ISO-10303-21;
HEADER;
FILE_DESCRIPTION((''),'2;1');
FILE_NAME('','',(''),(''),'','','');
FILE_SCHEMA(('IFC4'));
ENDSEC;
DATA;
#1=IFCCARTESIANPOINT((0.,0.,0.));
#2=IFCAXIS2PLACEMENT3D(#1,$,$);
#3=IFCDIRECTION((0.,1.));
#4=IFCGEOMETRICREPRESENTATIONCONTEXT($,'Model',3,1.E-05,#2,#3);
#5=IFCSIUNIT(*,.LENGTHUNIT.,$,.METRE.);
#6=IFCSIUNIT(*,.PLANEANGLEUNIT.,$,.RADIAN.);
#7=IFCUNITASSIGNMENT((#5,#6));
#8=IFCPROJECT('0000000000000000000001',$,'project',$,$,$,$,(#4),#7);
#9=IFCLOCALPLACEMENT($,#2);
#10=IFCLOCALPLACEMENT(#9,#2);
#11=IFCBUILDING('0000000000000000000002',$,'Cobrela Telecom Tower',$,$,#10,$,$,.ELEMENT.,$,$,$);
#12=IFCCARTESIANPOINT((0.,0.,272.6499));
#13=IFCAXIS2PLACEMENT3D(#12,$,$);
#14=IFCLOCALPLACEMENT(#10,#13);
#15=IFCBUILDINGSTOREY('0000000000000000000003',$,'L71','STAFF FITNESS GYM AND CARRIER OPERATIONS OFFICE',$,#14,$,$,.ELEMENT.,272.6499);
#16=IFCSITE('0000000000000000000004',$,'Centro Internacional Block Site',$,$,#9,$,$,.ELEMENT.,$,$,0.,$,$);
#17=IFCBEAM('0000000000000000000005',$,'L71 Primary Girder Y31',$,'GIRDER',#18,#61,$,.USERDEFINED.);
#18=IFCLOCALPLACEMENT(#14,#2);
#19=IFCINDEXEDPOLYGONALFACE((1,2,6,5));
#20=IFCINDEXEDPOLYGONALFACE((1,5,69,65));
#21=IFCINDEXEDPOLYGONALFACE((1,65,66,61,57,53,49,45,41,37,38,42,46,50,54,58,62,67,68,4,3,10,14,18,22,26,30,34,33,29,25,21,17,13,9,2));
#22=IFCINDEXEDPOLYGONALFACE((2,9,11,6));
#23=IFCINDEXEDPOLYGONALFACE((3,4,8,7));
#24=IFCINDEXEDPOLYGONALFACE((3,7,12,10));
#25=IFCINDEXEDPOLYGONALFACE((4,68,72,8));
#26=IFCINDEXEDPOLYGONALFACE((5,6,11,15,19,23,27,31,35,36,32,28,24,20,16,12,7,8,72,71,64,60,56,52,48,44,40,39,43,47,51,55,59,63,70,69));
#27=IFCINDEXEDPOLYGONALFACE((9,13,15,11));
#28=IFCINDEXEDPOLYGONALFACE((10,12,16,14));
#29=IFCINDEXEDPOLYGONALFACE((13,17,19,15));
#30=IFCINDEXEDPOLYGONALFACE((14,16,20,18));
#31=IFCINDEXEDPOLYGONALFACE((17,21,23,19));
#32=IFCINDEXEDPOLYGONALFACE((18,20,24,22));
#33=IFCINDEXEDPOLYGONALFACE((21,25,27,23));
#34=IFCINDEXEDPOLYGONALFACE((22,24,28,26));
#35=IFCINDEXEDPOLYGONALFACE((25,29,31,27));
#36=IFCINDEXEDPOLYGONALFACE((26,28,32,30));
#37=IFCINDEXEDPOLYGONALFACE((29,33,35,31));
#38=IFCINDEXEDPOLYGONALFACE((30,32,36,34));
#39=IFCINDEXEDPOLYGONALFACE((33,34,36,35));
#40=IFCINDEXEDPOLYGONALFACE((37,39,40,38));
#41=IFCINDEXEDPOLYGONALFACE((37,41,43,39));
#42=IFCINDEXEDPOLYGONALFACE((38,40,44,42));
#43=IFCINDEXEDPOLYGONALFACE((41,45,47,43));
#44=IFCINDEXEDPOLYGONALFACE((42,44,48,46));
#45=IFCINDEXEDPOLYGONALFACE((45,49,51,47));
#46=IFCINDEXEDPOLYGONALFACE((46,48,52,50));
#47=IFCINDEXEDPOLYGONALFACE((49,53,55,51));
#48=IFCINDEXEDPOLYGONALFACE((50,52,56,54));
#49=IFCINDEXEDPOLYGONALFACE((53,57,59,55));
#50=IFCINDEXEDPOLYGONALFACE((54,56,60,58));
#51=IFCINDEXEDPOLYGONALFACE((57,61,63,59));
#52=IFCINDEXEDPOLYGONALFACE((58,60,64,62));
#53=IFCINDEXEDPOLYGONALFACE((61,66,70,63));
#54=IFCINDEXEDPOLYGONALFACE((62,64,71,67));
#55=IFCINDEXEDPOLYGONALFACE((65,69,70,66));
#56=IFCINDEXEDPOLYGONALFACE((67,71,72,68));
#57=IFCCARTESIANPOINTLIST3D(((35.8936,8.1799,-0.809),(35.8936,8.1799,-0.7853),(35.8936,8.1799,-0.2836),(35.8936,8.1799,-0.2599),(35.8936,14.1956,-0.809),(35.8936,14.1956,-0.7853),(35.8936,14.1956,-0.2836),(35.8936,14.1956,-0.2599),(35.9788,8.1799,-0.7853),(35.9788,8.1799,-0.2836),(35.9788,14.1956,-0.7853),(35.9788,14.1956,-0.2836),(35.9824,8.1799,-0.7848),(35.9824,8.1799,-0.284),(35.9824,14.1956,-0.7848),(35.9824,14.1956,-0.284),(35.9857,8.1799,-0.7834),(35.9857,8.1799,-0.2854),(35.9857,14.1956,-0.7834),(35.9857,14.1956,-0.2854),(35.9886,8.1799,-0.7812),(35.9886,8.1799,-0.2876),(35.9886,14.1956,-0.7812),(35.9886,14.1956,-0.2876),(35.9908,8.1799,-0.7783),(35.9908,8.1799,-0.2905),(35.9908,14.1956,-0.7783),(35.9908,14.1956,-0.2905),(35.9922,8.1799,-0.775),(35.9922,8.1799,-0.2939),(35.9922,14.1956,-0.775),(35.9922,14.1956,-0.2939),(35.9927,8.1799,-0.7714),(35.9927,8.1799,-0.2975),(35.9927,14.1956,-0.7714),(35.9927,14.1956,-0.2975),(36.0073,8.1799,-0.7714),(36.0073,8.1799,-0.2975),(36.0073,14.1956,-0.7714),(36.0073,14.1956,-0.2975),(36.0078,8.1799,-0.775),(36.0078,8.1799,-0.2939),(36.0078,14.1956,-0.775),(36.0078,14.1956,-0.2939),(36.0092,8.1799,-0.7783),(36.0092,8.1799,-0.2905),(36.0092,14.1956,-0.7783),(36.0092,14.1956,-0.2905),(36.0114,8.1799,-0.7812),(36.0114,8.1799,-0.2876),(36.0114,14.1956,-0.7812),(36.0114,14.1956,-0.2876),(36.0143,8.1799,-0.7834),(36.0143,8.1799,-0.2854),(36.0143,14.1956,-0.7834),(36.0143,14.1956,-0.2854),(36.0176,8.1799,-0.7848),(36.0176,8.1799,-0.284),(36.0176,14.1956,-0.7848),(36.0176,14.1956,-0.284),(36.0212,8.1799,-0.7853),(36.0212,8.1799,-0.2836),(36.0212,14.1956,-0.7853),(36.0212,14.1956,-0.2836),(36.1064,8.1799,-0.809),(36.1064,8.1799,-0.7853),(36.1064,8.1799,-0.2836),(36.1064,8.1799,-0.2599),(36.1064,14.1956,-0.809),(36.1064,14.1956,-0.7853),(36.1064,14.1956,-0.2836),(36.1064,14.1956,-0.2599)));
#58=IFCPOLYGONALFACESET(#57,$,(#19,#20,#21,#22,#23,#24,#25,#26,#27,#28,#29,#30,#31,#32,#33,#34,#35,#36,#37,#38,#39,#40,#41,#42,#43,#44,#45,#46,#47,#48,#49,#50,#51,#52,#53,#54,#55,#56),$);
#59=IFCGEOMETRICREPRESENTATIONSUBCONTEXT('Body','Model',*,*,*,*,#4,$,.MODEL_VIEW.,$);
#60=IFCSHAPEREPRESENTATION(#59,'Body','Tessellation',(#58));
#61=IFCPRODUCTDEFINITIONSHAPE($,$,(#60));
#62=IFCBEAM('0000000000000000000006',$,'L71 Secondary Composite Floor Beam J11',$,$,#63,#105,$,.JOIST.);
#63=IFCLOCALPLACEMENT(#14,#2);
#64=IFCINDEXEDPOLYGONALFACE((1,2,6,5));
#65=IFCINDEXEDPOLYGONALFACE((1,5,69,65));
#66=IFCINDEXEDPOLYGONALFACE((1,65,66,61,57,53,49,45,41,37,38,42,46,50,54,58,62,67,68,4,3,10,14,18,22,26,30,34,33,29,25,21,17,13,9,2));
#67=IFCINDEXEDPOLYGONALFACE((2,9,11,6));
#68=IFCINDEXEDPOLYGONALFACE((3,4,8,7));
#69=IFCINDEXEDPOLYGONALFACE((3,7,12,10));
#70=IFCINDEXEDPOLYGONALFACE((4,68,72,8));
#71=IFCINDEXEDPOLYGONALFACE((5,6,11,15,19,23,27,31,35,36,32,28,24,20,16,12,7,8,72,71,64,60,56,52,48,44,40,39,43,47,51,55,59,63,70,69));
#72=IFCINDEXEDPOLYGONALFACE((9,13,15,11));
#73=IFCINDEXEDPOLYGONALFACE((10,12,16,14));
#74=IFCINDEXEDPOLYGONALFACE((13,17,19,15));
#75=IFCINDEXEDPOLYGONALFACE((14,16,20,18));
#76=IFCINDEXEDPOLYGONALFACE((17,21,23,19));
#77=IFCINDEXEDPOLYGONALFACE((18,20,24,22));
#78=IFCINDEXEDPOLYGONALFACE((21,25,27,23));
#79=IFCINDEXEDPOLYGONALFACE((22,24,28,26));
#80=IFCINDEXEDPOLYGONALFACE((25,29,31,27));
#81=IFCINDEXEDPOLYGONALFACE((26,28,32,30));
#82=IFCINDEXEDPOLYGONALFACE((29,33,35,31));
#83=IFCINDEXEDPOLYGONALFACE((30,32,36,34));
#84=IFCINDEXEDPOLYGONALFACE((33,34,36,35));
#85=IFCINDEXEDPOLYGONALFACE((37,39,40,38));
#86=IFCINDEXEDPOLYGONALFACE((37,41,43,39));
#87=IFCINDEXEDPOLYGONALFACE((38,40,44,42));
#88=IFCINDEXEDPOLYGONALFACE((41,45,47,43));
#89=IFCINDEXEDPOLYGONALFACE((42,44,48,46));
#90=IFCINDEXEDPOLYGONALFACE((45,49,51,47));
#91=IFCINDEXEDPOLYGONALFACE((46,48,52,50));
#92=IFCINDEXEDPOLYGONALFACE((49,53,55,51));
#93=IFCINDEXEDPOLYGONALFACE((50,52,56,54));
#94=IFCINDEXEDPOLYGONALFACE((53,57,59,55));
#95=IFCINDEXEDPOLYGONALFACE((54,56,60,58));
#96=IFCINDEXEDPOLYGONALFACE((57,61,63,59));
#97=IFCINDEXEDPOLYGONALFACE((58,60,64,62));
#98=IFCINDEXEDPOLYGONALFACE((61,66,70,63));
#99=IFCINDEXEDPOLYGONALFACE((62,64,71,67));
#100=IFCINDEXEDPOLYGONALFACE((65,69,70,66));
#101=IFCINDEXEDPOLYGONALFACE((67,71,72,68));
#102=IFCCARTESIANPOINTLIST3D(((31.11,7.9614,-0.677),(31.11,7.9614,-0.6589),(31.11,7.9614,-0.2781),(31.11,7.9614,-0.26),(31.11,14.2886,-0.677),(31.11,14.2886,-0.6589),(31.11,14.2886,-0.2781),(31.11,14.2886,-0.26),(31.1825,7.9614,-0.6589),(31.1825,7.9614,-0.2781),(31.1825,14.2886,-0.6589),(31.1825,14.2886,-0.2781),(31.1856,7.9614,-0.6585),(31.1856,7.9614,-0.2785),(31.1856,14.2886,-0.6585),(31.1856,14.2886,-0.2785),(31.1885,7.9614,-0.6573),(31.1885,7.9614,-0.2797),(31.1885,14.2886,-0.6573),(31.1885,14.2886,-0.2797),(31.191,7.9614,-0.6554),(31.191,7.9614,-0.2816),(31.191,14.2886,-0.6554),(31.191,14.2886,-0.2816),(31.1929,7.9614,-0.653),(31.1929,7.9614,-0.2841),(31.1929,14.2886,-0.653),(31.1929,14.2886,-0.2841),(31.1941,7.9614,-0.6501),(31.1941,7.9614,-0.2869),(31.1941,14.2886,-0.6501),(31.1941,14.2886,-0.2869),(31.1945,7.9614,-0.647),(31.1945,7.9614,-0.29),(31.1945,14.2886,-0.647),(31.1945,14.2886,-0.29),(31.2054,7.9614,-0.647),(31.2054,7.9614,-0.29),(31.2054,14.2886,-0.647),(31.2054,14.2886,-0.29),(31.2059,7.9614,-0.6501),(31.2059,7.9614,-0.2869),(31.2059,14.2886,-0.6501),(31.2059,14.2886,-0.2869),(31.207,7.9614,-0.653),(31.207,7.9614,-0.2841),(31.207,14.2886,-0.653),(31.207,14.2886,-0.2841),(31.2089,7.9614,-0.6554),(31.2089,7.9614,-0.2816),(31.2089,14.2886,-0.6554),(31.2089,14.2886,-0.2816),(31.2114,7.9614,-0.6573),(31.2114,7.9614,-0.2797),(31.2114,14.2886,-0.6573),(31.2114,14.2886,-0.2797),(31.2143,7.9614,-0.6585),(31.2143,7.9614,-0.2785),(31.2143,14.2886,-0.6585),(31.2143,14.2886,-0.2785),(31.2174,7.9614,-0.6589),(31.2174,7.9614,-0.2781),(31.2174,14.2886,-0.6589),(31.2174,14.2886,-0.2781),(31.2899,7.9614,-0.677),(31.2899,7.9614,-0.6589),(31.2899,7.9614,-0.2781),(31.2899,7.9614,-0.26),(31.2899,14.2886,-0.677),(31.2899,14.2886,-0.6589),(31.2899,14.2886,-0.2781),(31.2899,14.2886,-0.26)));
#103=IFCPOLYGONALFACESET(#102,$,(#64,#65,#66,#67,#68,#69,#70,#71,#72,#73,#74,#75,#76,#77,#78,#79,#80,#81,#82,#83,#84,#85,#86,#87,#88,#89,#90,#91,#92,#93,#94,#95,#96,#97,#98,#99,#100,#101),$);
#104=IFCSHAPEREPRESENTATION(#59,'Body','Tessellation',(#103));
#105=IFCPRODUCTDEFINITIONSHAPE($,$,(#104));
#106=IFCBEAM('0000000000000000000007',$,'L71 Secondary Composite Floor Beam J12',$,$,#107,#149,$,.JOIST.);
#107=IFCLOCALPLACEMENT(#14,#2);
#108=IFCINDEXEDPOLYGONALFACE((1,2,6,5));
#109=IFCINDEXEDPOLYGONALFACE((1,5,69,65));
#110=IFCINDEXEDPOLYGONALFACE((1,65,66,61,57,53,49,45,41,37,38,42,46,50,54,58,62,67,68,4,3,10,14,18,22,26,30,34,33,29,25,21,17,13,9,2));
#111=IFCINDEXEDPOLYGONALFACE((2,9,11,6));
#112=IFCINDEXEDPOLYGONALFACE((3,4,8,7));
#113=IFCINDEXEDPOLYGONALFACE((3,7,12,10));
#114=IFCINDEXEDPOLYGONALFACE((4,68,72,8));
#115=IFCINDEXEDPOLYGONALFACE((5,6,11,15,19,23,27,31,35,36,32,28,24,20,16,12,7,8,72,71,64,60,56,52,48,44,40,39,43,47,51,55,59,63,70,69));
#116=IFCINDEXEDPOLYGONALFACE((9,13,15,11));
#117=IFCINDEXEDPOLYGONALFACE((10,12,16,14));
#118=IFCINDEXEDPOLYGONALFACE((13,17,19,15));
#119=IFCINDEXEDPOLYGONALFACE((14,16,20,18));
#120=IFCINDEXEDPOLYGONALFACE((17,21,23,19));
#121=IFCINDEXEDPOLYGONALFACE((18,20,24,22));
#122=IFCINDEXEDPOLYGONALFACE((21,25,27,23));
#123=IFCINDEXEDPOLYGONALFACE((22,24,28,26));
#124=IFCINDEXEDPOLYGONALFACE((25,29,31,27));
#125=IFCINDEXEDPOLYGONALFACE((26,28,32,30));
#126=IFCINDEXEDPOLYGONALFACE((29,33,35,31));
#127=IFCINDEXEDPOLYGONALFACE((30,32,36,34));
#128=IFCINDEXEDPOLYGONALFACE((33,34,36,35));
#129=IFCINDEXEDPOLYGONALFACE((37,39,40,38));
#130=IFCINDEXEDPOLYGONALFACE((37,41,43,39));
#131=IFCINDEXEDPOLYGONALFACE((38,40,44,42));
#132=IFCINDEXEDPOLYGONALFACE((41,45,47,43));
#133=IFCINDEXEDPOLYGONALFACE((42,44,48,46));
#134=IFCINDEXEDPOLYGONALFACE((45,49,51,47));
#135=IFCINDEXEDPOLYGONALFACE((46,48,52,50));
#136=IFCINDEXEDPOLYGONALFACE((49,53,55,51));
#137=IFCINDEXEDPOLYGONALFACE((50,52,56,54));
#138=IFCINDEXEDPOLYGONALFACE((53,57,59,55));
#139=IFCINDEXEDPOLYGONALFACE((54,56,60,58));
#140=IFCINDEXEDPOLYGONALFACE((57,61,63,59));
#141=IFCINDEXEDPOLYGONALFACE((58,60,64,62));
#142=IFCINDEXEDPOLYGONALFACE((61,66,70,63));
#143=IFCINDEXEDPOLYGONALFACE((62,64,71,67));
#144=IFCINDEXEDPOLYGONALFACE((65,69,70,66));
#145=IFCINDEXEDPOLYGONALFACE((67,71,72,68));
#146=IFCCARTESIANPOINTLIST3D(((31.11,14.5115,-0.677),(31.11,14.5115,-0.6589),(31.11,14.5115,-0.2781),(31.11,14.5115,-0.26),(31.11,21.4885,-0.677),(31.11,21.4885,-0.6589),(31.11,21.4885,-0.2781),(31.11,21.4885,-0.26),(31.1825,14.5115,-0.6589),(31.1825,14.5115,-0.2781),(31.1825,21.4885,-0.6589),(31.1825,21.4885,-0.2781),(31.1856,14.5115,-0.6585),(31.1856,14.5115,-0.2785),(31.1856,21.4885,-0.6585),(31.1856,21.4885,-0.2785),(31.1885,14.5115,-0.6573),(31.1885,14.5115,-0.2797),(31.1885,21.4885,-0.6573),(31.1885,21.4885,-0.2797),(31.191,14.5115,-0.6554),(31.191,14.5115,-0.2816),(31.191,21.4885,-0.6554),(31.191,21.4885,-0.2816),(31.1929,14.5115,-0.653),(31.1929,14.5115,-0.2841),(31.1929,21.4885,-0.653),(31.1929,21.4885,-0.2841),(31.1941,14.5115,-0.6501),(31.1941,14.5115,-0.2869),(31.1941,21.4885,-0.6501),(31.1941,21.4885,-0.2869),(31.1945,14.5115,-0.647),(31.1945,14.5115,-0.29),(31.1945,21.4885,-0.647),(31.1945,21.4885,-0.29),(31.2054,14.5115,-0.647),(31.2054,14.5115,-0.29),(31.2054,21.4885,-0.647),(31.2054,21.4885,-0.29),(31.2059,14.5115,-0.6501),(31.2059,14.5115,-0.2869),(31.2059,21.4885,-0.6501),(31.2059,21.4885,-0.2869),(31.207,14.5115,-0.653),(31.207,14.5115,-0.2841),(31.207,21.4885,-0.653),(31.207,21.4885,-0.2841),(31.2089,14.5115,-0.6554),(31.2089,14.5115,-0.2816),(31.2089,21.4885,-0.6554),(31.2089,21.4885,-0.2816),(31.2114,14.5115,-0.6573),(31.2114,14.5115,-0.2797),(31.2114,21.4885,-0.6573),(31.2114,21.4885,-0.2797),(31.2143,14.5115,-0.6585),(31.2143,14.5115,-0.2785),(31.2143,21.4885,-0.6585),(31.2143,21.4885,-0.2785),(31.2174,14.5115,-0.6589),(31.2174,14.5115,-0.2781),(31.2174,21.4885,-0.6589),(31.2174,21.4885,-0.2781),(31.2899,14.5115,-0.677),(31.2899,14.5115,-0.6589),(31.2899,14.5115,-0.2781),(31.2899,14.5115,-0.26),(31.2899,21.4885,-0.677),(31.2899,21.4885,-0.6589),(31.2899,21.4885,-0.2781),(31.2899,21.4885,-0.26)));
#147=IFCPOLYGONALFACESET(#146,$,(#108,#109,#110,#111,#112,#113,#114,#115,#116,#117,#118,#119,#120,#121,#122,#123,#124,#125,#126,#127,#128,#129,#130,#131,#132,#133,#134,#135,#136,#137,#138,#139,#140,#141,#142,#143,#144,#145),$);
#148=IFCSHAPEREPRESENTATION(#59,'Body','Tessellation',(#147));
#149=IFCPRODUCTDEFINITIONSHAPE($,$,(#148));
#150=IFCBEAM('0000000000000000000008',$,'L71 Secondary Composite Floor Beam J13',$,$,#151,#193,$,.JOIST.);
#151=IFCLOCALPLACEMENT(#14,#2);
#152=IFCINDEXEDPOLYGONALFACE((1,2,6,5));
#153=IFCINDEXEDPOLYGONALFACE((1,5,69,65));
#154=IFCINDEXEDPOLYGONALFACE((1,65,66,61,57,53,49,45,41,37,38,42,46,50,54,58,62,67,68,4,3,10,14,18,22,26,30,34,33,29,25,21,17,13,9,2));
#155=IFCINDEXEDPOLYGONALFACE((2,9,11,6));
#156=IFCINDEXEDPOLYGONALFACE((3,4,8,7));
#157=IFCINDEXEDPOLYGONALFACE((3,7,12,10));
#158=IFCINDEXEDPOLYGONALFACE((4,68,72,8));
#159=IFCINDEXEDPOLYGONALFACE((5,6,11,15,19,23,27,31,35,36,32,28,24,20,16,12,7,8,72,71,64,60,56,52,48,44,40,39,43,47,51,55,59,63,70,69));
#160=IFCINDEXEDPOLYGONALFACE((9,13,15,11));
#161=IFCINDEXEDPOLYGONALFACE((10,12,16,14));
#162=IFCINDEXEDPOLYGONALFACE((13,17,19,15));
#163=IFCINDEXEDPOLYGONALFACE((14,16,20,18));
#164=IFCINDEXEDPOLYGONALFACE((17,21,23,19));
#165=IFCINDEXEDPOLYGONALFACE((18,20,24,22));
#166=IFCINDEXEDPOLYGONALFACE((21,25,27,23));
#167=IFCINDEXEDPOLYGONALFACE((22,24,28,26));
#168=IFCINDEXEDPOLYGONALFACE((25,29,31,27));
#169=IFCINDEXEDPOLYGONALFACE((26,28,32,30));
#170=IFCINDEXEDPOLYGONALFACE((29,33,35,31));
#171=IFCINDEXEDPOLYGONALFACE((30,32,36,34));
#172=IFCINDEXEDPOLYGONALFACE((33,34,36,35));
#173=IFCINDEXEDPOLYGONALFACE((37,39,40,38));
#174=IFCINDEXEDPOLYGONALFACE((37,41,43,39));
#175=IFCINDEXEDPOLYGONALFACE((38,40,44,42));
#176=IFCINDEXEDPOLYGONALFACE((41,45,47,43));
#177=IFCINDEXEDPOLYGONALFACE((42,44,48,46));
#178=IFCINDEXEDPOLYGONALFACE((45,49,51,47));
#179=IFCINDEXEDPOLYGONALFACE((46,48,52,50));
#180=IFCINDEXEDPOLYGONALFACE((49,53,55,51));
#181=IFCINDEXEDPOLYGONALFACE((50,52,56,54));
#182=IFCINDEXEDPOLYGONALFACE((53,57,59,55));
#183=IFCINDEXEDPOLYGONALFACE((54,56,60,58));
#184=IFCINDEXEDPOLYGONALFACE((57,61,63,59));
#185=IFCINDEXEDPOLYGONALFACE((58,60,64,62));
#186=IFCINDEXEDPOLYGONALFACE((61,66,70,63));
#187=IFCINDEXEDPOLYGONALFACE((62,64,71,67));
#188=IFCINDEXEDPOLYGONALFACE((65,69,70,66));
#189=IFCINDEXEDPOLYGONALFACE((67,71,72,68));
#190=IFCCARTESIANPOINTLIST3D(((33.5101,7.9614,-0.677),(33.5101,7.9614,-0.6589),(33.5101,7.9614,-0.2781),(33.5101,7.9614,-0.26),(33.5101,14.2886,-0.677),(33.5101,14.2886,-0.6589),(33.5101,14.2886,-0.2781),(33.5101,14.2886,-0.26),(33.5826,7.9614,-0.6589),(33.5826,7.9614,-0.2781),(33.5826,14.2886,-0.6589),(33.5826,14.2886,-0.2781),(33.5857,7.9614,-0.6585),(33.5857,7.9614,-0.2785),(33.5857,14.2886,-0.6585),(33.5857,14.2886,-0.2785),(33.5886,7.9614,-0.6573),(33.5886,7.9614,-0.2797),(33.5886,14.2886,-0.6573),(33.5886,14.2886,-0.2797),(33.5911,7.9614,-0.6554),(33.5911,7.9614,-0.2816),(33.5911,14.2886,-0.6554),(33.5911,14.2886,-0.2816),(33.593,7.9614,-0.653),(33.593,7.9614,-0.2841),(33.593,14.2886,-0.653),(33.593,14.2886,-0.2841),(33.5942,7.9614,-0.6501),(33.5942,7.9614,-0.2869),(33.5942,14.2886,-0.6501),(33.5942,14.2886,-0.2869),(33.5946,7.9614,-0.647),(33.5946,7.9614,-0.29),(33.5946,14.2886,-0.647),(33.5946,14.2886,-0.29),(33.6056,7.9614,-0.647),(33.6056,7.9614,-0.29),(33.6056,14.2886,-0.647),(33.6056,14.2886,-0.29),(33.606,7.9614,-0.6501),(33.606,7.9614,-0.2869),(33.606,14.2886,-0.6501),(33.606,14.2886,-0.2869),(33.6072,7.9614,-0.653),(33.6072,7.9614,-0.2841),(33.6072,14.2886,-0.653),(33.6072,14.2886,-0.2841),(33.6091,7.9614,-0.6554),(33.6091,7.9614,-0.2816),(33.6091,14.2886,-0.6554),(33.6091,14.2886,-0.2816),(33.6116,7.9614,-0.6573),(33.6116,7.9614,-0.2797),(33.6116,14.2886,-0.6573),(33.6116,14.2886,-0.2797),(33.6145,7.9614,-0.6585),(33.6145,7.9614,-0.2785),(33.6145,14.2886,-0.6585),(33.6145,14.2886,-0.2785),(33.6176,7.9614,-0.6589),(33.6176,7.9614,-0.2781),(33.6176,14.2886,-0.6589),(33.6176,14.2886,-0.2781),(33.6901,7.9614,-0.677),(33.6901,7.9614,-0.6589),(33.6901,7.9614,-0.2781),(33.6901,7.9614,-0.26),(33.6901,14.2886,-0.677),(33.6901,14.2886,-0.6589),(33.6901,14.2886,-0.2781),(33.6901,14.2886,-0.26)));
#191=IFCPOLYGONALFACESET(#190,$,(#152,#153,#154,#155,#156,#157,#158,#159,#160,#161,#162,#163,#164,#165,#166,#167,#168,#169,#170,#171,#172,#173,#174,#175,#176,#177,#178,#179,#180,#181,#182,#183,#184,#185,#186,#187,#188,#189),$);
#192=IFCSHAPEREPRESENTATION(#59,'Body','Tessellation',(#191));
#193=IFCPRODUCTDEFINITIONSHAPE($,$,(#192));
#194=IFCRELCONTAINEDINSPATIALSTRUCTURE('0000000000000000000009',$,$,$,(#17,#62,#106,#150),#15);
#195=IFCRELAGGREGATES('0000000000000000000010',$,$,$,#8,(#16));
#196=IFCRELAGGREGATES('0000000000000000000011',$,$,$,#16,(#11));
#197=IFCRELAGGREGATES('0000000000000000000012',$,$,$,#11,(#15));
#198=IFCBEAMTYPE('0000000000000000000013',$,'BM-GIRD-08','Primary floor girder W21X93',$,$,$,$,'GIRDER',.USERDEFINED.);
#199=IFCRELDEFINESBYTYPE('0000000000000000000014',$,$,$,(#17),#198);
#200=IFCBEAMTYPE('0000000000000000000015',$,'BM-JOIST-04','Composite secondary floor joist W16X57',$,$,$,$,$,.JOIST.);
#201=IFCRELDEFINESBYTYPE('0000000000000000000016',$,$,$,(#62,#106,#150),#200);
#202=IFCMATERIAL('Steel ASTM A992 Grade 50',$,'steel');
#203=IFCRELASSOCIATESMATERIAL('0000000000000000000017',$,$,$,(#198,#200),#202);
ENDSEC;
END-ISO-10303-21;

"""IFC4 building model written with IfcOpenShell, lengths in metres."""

from ifc_helpers import new_model, si_unit, direction, frame, origin, origin_2d, place, context, subcontext, project, spatial, i_section, extrude, material, material_profile, profile_set, type_object, element, save


model = new_model("IFC4")

# Units and contexts
model_context = context("Model", 3, precision=1e-05, world=origin(), true_north=direction((0.0, 1.0)))
body_context = subcontext(model_context, "Body", "Model", "MODEL_VIEW")
ifc_project = project(units=[si_unit("LENGTHUNIT", "METRE"), si_unit("PLANEANGLEUNIT", "RADIAN")], contexts=[model_context])

# Site, building, storey
site_placement = place(None, origin())
site = spatial("IfcSite", under=ifc_project, at=site_placement, Name="Centro Internacional Block Site", CompositionType="ELEMENT", RefElevation=0.0)
building_placement = place(site_placement, origin())
building = spatial("IfcBuilding", under=site, at=building_placement, Name="Cobrela Telecom Tower", CompositionType="ELEMENT")
storey_placement = place(building_placement, frame((0.0, 0.0, 272.6499)))
storey = spatial("IfcBuildingStorey", under=building, at=storey_placement, Name="L71", Description="STAFF FITNESS GYM AND CARRIER OPERATIONS OFFICE", CompositionType="ELEMENT", Elevation=272.6499)

# Shared definitions
ifc_material_1 = material(Name="Steel ASTM A992 Grade 50", Category="steel")

# Beams
ifc_material_profile_1 = material_profile(ifc_material_1, i_section(OverallWidth=0.2129, OverallDepth=0.5491, WebThickness=0.0146, FlangeThickness=0.0237, FilletRadius=0.0139, at=origin_2d()), Name="W21X93")
ifc_profile_set_1 = profile_set([ifc_material_profile_1], Name="Steel ASTM A992 Grade 50")
beam_type_1 = type_object("IfcBeamType", Name="BM-GIRD-08", Description="Primary floor girder W21X93", ElementType="GIRDER", PredefinedType="USERDEFINED", material=ifc_profile_set_1)
beam_1_placement = place(storey_placement, frame((36.0, 8.1799, -0.5344), z_axis=(0.0, 1.0, 0.0), x_axis=(-1.0, 0.0, 0.0)))
element("IfcBeam", 1, at=beam_1_placement, inside=storey, type_object=beam_type_1, Name="L71 Primary Girder Y31", ObjectType="GIRDER", PredefinedType="USERDEFINED", context=body_context, shape_type="SweptSolid", body=[
    extrude(i_section(OverallWidth=0.2129, OverallDepth=0.5491, WebThickness=0.0146, FlangeThickness=0.0237, FilletRadius=0.0139, at=origin_2d()), origin(), (0.0, 0.0, 1.0), 6.0156),
])
ifc_material_profile_2 = material_profile(ifc_material_1, i_section(OverallWidth=0.1799, OverallDepth=0.417, WebThickness=0.011, FlangeThickness=0.0181, FilletRadius=0.012, at=origin_2d()), Name="W16X57")
ifc_profile_set_2 = profile_set([ifc_material_profile_2], Name="Steel ASTM A992 Grade 50")
beam_type_2 = type_object("IfcBeamType", Name="BM-JOIST-04", Description="Composite secondary floor joist W16X57", PredefinedType="JOIST", material=ifc_profile_set_2)
beam_2_placement = place(storey_placement, frame((31.2, 7.9614, -0.4685), z_axis=(0.0, 1.0, 0.0), x_axis=(-1.0, 0.0, 0.0)))
element("IfcBeam", 2, at=beam_2_placement, inside=storey, type_object=beam_type_2, Name="L71 Secondary Composite Floor Beam J11", PredefinedType="JOIST", context=body_context, shape_type="SweptSolid", body=[
    extrude(i_section(OverallWidth=0.1799, OverallDepth=0.417, WebThickness=0.011, FlangeThickness=0.0181, FilletRadius=0.012, at=origin_2d()), origin(), (0.0, 0.0, 1.0), 6.3271),
])
beam_3_placement = place(storey_placement, frame((31.2, 14.5115, -0.4685), z_axis=(0.0, 1.0, 0.0), x_axis=(-1.0, 0.0, 0.0)))
element("IfcBeam", 3, at=beam_3_placement, inside=storey, type_object=beam_type_2, Name="L71 Secondary Composite Floor Beam J12", PredefinedType="JOIST", context=body_context, shape_type="SweptSolid", body=[
    extrude(i_section(OverallWidth=0.1799, OverallDepth=0.417, WebThickness=0.011, FlangeThickness=0.0181, FilletRadius=0.012, at=origin_2d()), origin(), (0.0, 0.0, 1.0), 6.9771),
])
beam_4_placement = place(storey_placement, frame((33.6001, 7.9614, -0.4685), z_axis=(0.0, 1.0, 0.0), x_axis=(-1.0, 0.0, 0.0)))
element("IfcBeam", 4, at=beam_4_placement, inside=storey, type_object=beam_type_2, Name="L71 Secondary Composite Floor Beam J13", PredefinedType="JOIST", context=body_context, shape_type="SweptSolid", body=[
    extrude(i_section(OverallWidth=0.1799, OverallDepth=0.417, WebThickness=0.011, FlangeThickness=0.0181, FilletRadius=0.012, at=origin_2d()), origin(), (0.0, 0.0, 1.0), 6.3271),
])

save(model, "model.ifc")
